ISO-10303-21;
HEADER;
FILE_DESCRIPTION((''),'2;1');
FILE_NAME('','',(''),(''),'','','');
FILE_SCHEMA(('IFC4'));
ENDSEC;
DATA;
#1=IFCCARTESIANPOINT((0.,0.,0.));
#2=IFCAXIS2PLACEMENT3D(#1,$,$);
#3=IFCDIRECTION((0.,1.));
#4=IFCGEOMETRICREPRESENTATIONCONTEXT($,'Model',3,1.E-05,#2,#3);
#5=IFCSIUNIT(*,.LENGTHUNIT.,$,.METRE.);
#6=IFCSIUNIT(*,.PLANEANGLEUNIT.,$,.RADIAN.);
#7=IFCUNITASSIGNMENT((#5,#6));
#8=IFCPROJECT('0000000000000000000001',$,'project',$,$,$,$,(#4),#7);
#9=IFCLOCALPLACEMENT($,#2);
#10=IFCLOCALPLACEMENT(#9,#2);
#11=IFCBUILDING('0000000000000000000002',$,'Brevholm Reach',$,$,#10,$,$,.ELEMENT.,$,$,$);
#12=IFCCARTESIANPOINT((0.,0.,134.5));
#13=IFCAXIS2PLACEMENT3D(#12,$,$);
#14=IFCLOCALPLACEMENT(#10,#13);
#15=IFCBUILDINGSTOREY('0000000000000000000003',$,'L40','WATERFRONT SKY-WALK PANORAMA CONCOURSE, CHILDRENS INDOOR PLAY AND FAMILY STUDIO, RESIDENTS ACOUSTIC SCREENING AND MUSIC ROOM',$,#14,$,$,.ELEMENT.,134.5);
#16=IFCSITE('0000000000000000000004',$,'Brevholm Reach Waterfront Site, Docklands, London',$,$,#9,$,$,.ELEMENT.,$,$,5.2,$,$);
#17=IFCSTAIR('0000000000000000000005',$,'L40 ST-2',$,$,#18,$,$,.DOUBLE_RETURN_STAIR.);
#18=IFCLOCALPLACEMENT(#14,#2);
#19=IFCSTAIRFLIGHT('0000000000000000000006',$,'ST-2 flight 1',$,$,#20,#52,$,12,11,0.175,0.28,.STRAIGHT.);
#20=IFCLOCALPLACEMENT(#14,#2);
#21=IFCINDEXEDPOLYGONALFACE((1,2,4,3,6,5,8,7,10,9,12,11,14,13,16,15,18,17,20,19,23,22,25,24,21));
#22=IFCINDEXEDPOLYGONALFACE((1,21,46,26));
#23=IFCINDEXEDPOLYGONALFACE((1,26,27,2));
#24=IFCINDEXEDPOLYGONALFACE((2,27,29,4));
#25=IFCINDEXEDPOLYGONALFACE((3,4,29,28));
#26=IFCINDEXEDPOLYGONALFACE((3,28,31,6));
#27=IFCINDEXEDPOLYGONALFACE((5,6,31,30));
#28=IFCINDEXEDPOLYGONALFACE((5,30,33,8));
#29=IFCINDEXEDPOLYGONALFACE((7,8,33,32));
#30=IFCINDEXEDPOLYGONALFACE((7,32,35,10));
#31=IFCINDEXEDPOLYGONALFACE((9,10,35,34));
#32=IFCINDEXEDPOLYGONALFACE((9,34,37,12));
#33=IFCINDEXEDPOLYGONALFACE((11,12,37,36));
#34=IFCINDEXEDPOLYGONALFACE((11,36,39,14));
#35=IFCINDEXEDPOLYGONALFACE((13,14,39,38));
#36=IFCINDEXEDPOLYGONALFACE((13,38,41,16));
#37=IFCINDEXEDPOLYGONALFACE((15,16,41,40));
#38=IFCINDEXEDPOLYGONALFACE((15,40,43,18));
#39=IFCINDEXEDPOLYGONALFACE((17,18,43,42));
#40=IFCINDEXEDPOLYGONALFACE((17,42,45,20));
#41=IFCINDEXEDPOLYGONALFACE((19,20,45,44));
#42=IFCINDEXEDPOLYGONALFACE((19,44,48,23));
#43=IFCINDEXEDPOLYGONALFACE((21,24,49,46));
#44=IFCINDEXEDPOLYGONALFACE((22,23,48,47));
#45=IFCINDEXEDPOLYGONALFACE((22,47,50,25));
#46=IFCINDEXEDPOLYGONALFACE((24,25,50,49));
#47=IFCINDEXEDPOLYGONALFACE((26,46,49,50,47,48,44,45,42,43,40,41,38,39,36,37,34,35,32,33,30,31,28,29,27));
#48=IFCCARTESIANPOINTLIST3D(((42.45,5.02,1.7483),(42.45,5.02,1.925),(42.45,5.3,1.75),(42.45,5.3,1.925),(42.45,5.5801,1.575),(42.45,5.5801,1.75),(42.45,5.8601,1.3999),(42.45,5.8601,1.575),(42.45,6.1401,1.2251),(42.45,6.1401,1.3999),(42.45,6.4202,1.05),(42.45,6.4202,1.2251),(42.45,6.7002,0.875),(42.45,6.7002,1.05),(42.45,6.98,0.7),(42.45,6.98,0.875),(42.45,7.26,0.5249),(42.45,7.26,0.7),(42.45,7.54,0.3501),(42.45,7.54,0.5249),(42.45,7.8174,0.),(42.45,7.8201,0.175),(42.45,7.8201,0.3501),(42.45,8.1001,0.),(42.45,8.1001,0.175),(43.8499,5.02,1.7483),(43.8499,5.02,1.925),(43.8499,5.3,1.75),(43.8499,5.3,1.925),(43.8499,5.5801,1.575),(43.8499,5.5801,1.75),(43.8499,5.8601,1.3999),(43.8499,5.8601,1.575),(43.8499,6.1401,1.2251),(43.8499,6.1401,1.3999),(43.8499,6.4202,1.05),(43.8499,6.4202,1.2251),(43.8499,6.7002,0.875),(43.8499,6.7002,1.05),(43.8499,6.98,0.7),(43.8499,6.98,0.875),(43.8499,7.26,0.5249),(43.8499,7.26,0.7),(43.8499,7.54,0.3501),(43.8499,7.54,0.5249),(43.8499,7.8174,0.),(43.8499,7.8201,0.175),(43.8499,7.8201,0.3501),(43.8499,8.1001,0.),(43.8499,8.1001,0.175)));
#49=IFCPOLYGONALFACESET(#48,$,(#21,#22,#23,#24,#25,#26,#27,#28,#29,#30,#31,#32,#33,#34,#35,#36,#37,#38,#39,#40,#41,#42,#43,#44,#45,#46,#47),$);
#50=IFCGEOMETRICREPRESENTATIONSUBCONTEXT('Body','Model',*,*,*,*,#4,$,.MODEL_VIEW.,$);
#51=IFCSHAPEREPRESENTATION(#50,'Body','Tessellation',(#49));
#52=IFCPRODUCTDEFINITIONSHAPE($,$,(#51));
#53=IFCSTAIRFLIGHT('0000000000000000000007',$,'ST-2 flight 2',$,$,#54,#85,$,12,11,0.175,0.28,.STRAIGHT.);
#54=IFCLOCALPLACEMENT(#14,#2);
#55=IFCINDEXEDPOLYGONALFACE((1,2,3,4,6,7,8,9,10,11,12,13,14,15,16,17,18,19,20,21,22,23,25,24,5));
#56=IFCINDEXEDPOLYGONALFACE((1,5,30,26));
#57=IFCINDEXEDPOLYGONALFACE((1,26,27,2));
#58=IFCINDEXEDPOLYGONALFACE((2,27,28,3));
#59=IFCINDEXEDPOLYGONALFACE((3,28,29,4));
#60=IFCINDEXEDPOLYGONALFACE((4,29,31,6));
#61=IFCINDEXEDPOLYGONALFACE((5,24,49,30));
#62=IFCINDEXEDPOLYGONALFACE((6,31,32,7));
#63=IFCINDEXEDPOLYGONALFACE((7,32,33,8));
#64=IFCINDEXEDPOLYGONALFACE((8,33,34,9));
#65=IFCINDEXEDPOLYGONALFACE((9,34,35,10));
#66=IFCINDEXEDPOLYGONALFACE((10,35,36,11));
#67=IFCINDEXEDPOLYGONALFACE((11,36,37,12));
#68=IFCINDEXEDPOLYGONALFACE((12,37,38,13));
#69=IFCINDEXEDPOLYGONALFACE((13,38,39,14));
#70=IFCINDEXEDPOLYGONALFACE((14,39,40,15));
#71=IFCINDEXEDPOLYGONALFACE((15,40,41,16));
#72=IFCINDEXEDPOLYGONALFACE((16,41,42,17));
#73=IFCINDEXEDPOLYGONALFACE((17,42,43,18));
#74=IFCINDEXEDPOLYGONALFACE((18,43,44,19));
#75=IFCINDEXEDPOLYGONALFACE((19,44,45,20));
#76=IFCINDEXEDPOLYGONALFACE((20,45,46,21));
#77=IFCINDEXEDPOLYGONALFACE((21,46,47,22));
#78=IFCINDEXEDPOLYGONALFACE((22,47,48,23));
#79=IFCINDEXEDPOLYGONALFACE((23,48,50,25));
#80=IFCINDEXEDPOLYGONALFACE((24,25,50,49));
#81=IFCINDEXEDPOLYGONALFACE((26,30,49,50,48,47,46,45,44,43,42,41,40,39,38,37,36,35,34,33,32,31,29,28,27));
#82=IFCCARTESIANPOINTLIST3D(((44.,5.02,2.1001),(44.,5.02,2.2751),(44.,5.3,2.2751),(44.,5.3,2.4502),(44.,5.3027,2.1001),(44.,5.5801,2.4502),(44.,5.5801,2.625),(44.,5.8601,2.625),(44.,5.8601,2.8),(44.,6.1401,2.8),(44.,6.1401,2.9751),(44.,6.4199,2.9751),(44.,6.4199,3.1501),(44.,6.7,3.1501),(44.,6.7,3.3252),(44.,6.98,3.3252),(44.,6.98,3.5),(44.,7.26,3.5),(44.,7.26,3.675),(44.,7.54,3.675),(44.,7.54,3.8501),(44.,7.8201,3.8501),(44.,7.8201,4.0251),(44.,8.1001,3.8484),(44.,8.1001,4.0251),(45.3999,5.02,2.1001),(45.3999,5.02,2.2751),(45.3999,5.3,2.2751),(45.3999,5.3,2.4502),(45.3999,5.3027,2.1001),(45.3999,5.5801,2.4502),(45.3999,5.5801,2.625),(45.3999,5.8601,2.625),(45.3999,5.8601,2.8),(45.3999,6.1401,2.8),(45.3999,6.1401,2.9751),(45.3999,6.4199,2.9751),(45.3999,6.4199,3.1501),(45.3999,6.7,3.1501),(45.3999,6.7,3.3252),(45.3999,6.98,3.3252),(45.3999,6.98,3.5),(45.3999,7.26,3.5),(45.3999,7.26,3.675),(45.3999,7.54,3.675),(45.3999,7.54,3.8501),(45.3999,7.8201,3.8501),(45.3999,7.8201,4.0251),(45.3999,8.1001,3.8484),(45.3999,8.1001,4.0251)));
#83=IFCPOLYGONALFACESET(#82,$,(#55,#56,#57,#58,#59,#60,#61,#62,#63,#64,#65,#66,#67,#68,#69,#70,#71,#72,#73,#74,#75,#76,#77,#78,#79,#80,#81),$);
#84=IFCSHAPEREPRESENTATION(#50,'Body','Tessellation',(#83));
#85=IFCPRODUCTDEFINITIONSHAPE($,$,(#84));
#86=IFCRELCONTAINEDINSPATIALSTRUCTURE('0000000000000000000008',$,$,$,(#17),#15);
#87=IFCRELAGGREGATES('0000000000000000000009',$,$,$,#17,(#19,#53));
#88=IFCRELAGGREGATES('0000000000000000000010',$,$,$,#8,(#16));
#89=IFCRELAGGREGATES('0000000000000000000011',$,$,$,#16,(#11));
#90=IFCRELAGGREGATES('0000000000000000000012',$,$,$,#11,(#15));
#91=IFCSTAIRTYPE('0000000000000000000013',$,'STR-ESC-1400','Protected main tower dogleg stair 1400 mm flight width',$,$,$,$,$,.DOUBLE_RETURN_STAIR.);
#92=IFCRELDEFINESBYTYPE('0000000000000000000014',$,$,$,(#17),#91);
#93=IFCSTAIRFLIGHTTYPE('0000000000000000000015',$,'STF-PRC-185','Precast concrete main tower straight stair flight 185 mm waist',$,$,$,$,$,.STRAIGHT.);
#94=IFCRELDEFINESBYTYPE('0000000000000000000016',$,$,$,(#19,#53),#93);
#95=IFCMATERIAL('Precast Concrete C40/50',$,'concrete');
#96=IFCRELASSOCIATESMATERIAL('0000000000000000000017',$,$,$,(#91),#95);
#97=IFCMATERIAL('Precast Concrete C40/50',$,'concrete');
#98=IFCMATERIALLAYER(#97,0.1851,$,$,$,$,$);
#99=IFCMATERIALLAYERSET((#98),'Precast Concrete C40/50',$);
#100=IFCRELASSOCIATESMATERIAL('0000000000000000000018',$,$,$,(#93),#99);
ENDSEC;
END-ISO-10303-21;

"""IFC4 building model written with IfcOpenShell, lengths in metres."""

from ifc_helpers import new_model, si_unit, direction, frame, origin, place, context, subcontext, project, spatial, polyline, outline, extrude, material, layer, layer_set, type_object, element, aggregate, save


model = new_model("IFC4")

# Units and contexts
model_context = context("Model", 3, precision=1e-05, world=origin(), true_north=direction((0.0, 1.0)))
body_context = subcontext(model_context, "Body", "Model", "MODEL_VIEW")
ifc_project = project(units=[si_unit("LENGTHUNIT", "METRE"), si_unit("PLANEANGLEUNIT", "RADIAN")], contexts=[model_context])

# Site, building, storey
site_placement = place(None, origin())
site = spatial("IfcSite", under=ifc_project, at=site_placement, Name="Brevholm Reach Waterfront Site, Docklands, London", CompositionType="ELEMENT", RefElevation=5.2)
building_placement = place(site_placement, origin())
building = spatial("IfcBuilding", under=site, at=building_placement, Name="Brevholm Reach", CompositionType="ELEMENT")
storey_placement = place(building_placement, frame((0.0, 0.0, 134.5)))
storey = spatial("IfcBuildingStorey", under=building, at=storey_placement, Name="L40", Description="WATERFRONT SKY-WALK PANORAMA CONCOURSE, CHILDRENS INDOOR PLAY AND FAMILY STUDIO, RESIDENTS ACOUSTIC SCREENING AND MUSIC ROOM", CompositionType="ELEMENT", Elevation=134.5)

# Stair, stair flights
ifc_material_1 = material(Name="Precast Concrete C40/50", Category="concrete")
stair_type = type_object("IfcStairType", Name="STR-ESC-1400", Description="Protected main tower dogleg stair 1400 mm flight width", PredefinedType="DOUBLE_RETURN_STAIR", material=ifc_material_1)
stair_placement = place(storey_placement, origin())
stair = element("IfcStair", 1, at=stair_placement, inside=storey, type_object=stair_type, Name="L40 ST-2", PredefinedType="DOUBLE_RETURN_STAIR")
ifc_material_2 = material(Name="Precast Concrete C40/50", Category="concrete")
ifc_layer_1 = layer(ifc_material_2, 0.1851)
ifc_layer_set_1 = layer_set([ifc_layer_1], Name="Precast Concrete C40/50")
stair_flight_type = type_object("IfcStairFlightType", Name="STF-PRC-185", Description="Precast concrete main tower straight stair flight 185 mm waist", PredefinedType="STRAIGHT", material=ifc_layer_set_1)
stair_flight_1_placement = place(storey_placement, frame((43.1499, 8.1001, 0.0), z_axis=(0.0, 0.0, 1.0), x_axis=(0.0, -1.0, 0.0)))
stair_flight_1 = element("IfcStairFlight", 2, at=stair_flight_1_placement, type_object=stair_flight_type, Name="ST-2 flight 1", NumberOfRisers=12, NumberOfTreads=11, PredefinedType="STRAIGHT", RiserHeight=0.175, TreadLength=0.28, context=body_context, shape_type="SweptSolid", body=[
    extrude(outline(polyline([(0.0, 0.0), (0.0, 0.175), (0.28, 0.175), (0.28, 0.3501), (0.5601, 0.3501), (0.5601, 0.5249), (0.8401, 0.5249), (0.8401, 0.7), (1.1201, 0.7), (1.1201, 0.875), (1.3999, 0.875), (1.3999, 1.05), (1.6799, 1.05), (1.6799, 1.2251), (1.96, 1.2251), (1.96, 1.3999), (2.24, 1.3999), (2.24, 1.575), (2.52, 1.575), (2.52, 1.75), (2.8, 1.75), (2.8, 1.925), (3.0801, 1.925), (3.0801, 2.1001), (3.0801, 1.7483), (0.2827, 0.0), (0.0, 0.0)])), frame((0.0, 0.7, 0.0), z_axis=(0.0, -1.0, 0.0), x_axis=(1.0, 0.0, 0.0)), (0.0, 0.0, 1.0), 1.3999),
])
stair_flight_2_placement = place(storey_placement, frame((44.7, 5.02, 2.1001), z_axis=(0.0, 0.0, 1.0), x_axis=(0.0, 1.0, 0.0)))
stair_flight_2 = element("IfcStairFlight", 3, at=stair_flight_2_placement, type_object=stair_flight_type, Name="ST-2 flight 2", NumberOfRisers=12, NumberOfTreads=11, PredefinedType="STRAIGHT", RiserHeight=0.175, TreadLength=0.28, context=body_context, shape_type="SweptSolid", body=[
    extrude(outline(polyline([(0.0, 0.0), (0.0, 0.175), (0.28, 0.175), (0.28, 0.3501), (0.5601, 0.3501), (0.5601, 0.5249), (0.8401, 0.5249), (0.8401, 0.7), (1.1201, 0.7), (1.1201, 0.875), (1.3999, 0.875), (1.3999, 1.05), (1.6799, 1.05), (1.6799, 1.2251), (1.96, 1.2251), (1.96, 1.3999), (2.24, 1.3999), (2.24, 1.575), (2.52, 1.575), (2.52, 1.75), (2.8, 1.75), (2.8, 1.925), (3.0801, 1.925), (3.0801, 2.1001), (3.0801, 1.7483), (0.2827, 0.0), (0.0, 0.0)])), frame((0.0, 0.7, 0.0), z_axis=(0.0, -1.0, 0.0), x_axis=(1.0, 0.0, 0.0)), (0.0, 0.0, 1.0), 1.3999),
])
aggregate(stair, [stair_flight_1, stair_flight_2])

save(model, "model.ifc")
